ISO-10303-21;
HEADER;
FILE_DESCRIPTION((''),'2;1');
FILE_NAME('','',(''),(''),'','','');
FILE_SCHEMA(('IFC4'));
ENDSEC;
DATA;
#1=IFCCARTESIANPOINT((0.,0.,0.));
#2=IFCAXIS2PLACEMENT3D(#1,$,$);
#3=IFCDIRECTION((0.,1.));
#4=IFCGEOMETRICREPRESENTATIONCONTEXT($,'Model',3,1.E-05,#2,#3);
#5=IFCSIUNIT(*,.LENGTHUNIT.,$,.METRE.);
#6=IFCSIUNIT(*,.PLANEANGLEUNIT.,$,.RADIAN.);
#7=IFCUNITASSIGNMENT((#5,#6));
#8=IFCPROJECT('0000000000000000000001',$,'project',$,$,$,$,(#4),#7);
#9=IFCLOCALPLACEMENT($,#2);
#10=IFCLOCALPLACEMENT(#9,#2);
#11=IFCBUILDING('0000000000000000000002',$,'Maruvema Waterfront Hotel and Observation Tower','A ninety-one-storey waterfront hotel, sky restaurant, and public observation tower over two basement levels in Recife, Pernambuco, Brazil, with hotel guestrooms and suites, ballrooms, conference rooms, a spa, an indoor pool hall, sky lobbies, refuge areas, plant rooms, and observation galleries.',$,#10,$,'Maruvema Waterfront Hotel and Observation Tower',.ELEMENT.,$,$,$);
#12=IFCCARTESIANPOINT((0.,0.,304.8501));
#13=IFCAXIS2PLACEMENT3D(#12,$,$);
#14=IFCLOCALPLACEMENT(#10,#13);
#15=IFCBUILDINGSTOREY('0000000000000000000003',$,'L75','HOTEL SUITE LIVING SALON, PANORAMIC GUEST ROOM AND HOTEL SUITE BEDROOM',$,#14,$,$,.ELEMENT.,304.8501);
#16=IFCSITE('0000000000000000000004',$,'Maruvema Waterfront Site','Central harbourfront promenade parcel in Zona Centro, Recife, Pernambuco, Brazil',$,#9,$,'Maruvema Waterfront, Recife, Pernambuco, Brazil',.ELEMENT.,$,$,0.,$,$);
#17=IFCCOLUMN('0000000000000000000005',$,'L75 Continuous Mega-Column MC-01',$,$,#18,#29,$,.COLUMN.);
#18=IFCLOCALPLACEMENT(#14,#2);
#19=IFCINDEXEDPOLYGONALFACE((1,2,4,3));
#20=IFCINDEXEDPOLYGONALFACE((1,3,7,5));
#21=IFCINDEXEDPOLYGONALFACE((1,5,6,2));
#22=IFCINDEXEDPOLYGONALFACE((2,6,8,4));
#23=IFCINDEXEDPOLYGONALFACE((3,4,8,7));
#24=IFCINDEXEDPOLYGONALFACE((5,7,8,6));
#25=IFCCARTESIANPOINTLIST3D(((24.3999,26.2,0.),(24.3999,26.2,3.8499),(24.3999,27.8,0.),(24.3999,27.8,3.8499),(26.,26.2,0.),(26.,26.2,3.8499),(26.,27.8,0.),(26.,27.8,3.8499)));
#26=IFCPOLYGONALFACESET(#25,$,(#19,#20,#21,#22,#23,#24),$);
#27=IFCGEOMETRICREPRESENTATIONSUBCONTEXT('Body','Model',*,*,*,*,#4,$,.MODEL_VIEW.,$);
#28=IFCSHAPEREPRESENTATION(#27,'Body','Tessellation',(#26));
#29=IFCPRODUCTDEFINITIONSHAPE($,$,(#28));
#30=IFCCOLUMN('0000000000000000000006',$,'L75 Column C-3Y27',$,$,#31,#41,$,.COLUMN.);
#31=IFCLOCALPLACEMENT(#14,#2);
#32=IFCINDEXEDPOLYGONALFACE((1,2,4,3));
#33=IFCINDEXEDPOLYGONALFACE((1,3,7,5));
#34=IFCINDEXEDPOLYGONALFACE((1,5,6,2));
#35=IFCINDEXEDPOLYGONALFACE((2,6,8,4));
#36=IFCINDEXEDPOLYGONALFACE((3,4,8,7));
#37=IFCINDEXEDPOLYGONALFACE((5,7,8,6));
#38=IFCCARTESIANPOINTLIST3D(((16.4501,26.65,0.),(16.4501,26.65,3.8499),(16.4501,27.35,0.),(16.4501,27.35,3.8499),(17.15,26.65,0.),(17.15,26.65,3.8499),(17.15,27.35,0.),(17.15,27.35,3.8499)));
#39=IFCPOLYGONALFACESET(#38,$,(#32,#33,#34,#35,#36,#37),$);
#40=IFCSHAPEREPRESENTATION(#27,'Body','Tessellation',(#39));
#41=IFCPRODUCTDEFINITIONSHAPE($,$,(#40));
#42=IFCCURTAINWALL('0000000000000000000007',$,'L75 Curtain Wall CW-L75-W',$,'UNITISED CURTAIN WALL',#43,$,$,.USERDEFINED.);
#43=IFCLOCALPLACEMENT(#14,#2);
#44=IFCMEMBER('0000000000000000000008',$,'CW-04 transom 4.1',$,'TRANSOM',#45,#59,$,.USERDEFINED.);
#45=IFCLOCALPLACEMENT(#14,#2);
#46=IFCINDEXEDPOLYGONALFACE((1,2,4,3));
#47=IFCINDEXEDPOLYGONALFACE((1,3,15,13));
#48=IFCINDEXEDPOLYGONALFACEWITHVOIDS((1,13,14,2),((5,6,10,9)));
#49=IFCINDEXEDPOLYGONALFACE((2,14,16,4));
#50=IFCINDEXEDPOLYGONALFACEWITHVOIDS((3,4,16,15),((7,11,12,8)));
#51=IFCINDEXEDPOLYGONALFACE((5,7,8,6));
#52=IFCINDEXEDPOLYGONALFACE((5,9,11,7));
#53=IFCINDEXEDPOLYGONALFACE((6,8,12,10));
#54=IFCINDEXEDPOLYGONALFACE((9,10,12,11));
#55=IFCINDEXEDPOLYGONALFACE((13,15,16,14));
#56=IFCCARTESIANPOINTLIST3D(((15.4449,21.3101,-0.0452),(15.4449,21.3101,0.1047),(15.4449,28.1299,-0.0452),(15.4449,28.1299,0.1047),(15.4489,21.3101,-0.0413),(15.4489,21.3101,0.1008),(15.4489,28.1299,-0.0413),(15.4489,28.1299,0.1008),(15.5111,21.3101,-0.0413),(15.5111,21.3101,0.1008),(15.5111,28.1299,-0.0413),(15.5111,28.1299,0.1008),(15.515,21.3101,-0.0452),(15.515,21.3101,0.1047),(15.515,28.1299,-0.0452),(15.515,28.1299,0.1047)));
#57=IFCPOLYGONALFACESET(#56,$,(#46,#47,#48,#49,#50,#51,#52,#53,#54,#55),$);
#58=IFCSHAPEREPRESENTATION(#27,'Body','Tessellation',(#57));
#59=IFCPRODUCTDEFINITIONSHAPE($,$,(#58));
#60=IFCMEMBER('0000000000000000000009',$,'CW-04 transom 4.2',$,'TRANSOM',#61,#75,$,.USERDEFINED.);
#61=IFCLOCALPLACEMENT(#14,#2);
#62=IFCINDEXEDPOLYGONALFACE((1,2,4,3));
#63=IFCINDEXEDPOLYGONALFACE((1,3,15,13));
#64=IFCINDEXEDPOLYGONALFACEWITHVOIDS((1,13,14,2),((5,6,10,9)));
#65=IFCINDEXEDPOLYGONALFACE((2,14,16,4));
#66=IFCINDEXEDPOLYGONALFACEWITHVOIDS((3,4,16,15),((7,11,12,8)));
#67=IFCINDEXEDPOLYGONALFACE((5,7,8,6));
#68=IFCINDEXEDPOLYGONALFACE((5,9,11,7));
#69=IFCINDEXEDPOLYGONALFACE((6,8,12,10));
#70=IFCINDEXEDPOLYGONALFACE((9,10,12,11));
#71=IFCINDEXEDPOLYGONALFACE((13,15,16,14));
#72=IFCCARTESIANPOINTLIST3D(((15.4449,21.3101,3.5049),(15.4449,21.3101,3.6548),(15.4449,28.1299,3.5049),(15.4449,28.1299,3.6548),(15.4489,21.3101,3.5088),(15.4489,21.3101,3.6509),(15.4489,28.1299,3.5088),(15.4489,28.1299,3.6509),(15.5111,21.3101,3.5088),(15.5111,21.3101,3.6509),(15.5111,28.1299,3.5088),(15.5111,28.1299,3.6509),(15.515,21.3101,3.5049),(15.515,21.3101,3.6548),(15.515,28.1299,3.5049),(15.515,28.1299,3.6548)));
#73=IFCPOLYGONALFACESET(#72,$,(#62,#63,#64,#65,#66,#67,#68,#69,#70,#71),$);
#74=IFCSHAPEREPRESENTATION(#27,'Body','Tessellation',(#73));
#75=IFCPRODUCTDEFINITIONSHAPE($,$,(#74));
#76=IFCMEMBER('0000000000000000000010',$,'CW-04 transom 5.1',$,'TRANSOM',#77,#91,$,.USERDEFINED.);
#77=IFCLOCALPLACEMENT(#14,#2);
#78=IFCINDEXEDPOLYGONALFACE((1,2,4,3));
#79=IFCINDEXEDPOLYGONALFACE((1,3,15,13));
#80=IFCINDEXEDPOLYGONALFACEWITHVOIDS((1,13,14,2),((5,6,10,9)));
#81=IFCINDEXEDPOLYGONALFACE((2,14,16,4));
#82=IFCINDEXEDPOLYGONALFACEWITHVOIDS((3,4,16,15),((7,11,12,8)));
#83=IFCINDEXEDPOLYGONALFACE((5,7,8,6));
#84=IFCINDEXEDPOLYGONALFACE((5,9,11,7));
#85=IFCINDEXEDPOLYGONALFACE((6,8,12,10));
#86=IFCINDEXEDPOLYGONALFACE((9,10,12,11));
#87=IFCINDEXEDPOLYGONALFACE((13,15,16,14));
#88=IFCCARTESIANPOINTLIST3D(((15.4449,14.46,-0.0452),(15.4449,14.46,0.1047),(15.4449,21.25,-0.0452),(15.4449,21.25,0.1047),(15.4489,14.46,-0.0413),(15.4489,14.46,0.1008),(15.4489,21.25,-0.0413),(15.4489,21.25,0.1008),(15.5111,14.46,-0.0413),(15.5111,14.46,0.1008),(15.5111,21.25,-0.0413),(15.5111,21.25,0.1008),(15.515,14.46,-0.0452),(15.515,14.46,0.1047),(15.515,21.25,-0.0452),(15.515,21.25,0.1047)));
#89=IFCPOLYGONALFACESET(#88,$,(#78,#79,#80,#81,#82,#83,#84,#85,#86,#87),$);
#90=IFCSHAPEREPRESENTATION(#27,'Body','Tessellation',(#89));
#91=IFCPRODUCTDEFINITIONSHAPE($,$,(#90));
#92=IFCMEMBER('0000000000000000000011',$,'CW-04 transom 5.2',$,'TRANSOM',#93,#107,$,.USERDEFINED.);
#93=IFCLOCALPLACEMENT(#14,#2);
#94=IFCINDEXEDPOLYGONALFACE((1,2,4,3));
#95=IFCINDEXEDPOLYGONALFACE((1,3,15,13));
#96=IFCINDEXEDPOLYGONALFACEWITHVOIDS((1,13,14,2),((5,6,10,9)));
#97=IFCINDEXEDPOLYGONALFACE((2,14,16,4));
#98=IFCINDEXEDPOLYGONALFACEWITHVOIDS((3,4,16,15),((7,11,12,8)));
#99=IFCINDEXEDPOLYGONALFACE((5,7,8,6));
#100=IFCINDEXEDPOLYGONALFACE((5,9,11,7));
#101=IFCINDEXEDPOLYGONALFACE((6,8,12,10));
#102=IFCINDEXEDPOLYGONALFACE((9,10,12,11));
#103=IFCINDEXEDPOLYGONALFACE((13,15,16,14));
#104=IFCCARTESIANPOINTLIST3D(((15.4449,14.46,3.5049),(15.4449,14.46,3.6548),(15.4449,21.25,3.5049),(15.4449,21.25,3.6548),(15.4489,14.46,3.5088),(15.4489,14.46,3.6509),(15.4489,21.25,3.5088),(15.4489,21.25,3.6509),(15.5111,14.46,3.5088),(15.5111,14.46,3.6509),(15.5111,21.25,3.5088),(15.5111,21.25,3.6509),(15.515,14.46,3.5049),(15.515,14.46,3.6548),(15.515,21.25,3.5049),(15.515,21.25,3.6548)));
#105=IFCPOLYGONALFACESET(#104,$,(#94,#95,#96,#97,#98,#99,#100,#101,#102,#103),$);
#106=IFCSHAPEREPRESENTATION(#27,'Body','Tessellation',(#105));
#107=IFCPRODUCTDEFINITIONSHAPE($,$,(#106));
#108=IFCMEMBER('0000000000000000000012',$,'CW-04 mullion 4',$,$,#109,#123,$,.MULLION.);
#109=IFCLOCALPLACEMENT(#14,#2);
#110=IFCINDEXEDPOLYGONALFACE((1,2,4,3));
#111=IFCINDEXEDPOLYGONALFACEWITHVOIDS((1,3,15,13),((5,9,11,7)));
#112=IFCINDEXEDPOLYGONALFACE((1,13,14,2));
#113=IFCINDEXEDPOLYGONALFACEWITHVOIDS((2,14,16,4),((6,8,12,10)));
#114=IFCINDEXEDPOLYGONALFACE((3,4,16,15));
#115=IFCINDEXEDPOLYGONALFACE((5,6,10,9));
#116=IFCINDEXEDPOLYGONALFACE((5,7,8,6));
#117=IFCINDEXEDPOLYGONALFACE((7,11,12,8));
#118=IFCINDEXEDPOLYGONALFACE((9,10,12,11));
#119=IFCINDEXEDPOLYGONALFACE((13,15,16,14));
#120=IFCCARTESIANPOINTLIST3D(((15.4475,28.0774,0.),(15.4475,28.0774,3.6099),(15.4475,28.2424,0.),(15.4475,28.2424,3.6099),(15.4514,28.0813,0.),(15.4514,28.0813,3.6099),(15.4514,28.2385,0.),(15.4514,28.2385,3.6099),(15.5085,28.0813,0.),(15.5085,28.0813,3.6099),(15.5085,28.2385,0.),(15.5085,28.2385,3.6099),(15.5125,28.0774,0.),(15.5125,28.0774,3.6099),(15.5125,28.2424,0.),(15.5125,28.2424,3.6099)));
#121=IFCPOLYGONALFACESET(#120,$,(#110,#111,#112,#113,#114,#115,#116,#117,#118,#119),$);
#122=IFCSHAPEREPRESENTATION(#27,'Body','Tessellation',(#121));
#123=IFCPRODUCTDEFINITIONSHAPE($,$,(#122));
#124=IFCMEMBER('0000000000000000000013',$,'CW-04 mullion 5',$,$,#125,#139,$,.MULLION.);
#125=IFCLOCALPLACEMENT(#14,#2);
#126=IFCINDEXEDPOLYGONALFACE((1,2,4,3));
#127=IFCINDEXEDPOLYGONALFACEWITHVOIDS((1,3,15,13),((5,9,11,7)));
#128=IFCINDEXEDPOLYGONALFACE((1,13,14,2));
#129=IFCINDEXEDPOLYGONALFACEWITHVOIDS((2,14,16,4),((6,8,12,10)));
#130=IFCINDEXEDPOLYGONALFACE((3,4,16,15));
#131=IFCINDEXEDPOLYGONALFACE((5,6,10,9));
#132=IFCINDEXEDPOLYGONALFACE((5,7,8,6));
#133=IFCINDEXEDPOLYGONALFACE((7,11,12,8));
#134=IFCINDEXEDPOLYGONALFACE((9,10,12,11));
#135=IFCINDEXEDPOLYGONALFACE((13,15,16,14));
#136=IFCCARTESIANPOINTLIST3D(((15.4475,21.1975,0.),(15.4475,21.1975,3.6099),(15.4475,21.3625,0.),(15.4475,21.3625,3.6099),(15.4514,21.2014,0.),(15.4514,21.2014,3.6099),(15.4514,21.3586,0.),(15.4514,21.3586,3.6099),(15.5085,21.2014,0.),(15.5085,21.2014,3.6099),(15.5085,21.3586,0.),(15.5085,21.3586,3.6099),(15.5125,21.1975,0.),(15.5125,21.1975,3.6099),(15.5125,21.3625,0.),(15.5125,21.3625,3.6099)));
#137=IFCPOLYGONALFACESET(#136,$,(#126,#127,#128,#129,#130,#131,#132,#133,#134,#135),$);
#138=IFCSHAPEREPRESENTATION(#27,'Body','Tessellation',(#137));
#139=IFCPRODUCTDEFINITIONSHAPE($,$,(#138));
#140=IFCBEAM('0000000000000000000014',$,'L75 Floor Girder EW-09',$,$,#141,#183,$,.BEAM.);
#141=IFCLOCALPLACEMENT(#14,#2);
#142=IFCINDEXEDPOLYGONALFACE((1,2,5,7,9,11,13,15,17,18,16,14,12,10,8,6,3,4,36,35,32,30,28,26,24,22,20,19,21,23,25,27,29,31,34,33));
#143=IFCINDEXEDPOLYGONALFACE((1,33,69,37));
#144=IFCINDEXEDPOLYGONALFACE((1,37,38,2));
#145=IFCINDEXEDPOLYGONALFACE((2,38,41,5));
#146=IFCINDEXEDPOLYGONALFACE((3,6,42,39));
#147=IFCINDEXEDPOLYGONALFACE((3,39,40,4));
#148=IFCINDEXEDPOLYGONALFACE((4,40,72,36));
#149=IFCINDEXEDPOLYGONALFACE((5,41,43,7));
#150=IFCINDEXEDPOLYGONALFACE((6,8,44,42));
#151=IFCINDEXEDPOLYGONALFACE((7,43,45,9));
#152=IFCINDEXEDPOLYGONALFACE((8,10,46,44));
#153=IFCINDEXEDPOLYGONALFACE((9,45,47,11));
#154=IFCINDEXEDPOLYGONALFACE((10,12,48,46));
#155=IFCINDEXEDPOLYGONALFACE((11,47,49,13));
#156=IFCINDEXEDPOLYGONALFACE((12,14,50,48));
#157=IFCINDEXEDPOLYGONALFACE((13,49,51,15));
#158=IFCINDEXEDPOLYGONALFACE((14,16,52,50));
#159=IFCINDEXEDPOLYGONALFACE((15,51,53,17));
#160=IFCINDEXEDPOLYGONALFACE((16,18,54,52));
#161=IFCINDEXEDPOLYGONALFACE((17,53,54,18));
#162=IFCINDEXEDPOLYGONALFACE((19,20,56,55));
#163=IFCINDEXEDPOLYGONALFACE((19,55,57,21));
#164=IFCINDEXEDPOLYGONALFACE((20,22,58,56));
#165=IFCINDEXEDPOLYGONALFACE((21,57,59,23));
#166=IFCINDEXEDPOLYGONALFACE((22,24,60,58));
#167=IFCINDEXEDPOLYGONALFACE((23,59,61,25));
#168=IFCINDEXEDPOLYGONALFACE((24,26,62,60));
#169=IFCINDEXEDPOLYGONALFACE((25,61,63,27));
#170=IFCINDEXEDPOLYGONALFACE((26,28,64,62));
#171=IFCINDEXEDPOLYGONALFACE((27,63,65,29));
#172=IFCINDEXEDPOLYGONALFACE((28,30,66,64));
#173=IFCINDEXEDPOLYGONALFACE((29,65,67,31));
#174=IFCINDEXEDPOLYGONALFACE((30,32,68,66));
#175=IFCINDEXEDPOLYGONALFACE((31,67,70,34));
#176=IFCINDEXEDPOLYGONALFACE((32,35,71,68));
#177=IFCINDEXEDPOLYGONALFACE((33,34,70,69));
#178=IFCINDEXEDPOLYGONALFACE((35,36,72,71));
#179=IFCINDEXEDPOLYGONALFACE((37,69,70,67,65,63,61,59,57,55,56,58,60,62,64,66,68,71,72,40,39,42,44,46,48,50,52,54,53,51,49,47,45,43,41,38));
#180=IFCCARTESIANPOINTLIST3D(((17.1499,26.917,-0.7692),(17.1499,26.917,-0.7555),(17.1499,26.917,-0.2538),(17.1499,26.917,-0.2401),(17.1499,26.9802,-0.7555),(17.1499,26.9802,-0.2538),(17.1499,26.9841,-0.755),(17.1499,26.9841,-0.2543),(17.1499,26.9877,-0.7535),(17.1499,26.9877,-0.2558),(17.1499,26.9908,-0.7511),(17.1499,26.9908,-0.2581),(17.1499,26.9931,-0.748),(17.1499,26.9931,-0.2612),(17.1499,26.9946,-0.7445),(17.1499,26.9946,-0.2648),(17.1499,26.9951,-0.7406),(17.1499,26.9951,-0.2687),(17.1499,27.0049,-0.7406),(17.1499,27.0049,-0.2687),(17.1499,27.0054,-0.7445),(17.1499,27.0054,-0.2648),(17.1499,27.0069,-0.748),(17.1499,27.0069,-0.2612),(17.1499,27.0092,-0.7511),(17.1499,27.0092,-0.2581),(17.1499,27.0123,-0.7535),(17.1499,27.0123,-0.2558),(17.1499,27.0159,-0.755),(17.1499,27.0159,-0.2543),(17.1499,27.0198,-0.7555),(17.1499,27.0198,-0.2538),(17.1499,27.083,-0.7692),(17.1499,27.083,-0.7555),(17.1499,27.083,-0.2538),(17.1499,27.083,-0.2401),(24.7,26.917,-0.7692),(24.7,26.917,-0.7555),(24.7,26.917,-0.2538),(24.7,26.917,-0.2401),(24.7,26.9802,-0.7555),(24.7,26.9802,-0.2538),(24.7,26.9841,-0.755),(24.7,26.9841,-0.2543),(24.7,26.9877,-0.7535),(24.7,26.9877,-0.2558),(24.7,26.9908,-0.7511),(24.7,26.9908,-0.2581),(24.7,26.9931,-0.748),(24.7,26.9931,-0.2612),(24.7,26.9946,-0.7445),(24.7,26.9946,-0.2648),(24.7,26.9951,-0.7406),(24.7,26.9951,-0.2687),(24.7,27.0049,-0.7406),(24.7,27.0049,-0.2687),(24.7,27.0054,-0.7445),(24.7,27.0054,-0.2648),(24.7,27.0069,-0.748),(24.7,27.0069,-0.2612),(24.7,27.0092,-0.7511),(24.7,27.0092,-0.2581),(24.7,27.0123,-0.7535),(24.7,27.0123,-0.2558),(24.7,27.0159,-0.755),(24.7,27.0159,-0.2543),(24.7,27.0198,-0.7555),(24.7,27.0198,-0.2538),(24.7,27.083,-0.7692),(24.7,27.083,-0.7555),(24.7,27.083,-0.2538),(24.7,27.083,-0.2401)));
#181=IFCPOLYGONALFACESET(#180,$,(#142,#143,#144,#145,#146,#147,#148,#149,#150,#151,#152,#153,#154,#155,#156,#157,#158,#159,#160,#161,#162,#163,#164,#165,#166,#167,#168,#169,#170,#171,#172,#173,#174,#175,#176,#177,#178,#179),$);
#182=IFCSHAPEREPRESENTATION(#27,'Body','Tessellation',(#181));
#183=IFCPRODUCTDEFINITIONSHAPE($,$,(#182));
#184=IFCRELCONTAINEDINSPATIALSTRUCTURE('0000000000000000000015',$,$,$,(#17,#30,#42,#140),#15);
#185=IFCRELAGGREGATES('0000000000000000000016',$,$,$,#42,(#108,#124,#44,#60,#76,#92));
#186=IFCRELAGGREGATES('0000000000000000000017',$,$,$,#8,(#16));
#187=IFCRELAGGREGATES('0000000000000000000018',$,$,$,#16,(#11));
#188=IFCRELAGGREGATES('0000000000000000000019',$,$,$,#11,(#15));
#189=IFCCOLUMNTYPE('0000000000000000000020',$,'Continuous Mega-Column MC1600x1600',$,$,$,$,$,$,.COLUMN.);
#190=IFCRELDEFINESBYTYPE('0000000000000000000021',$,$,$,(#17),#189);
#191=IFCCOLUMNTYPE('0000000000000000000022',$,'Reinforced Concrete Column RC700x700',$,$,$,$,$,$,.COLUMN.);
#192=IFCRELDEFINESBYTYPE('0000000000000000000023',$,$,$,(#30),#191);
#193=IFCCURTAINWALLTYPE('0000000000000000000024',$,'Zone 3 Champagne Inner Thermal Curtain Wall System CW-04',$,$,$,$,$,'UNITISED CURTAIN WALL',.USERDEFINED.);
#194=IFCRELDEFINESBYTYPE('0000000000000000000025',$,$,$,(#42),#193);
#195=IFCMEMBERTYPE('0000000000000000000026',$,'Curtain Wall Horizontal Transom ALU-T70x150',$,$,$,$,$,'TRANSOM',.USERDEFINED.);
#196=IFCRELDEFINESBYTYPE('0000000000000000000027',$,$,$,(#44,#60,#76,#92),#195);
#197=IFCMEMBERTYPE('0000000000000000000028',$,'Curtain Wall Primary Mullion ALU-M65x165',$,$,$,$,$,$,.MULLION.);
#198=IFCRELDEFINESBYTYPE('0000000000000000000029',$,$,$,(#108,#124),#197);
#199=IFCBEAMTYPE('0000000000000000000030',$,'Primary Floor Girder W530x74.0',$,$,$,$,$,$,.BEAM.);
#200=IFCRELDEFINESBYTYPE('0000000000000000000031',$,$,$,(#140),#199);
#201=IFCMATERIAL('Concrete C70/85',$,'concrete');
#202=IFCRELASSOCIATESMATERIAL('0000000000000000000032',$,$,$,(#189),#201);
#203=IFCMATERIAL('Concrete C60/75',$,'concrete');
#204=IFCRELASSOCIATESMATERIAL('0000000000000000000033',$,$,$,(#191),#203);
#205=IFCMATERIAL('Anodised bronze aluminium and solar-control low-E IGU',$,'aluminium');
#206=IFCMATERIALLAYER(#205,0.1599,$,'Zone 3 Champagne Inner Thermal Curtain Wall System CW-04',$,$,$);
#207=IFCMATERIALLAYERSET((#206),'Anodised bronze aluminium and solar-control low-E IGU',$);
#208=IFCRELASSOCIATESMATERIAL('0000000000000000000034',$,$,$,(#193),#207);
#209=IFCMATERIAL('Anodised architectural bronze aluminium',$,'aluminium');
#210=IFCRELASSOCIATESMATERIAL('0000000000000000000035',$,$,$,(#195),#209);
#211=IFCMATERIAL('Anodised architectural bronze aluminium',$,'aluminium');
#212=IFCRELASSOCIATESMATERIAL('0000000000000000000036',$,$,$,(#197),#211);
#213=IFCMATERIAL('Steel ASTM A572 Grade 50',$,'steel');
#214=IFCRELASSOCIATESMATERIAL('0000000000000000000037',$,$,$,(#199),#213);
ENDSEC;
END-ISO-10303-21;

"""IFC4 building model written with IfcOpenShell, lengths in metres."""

from ifc_helpers import new_model, si_unit, direction, frame, origin, origin_2d, place, context, subcontext, project, spatial, rectangle, hollow_rectangle, i_section, extrude, material, layer, layer_set, material_profile, profile_set, type_object, element, aggregate, save


model = new_model("IFC4")

# Units and contexts
model_context = context("Model", 3, precision=1e-05, world=origin(), true_north=direction((0.0, 1.0)))
body_context = subcontext(model_context, "Body", "Model", "MODEL_VIEW")
ifc_project = project(units=[si_unit("LENGTHUNIT", "METRE"), si_unit("PLANEANGLEUNIT", "RADIAN")], contexts=[model_context])

# Site, building, storey
site_placement = place(None, origin())
site = spatial("IfcSite", under=ifc_project, at=site_placement, Name="Maruvema Waterfront Site", Description="Central harbourfront promenade parcel in Zona Centro, Recife, Pernambuco, Brazil", LongName="Maruvema Waterfront, Recife, Pernambuco, Brazil", CompositionType="ELEMENT", RefElevation=0.0)
building_placement = place(site_placement, origin())
building = spatial("IfcBuilding", under=site, at=building_placement, Name="Maruvema Waterfront Hotel and Observation Tower", Description="A ninety-one-storey waterfront hotel, sky restaurant, and public observation tower over two basement levels in Recife, Pernambuco, Brazil, with hotel guestrooms and suites, ballrooms, conference rooms, a spa, an indoor pool hall, sky lobbies, refuge areas, plant rooms, and observation galleries.", LongName="Maruvema Waterfront Hotel and Observation Tower", CompositionType="ELEMENT")
storey_placement = place(building_placement, frame((0.0, 0.0, 304.8501)))
storey = spatial("IfcBuildingStorey", under=building, at=storey_placement, Name="L75", Description="HOTEL SUITE LIVING SALON, PANORAMIC GUEST ROOM AND HOTEL SUITE BEDROOM", CompositionType="ELEMENT", Elevation=304.8501)

# Columns
ifc_material_1 = material(Name="Concrete C70/85", Category="concrete")
ifc_material_profile_1 = material_profile(ifc_material_1, rectangle(XDim=1.6001, YDim=1.6001, at=origin_2d()), Name="MC1600x1600")
ifc_profile_set_1 = profile_set([ifc_material_profile_1], Name="Concrete C70/85")
column_type_1 = type_object("IfcColumnType", Name="Continuous Mega-Column MC1600x1600", PredefinedType="COLUMN", material=ifc_profile_set_1)
column_1_placement = place(storey_placement, frame((25.2, 27.0, 0.0), z_axis=(0.0, 0.0, 1.0), x_axis=(1.0, 0.0, 0.0)))
element("IfcColumn", 1, at=column_1_placement, inside=storey, type_object=column_type_1, Name="L75 Continuous Mega-Column MC-01", PredefinedType="COLUMN", context=body_context, shape_type="SweptSolid", body=[
    extrude(rectangle(XDim=1.6001, YDim=1.6001, at=origin_2d()), origin(), (0.0, 0.0, 1.0), 3.8499),
])
ifc_material_2 = material(Name="Concrete C60/75", Category="concrete")
ifc_material_profile_2 = material_profile(ifc_material_2, rectangle(XDim=0.7, YDim=0.7, at=origin_2d()), Name="RC700x700")
ifc_profile_set_2 = profile_set([ifc_material_profile_2], Name="Concrete C60/75")
column_type_2 = type_object("IfcColumnType", Name="Reinforced Concrete Column RC700x700", PredefinedType="COLUMN", material=ifc_profile_set_2)
column_2_placement = place(storey_placement, frame((16.8, 27.0, 0.0), z_axis=(0.0, 0.0, 1.0), x_axis=(1.0, 0.0, 0.0)))
element("IfcColumn", 2, at=column_2_placement, inside=storey, type_object=column_type_2, Name="L75 Column C-3Y27", PredefinedType="COLUMN", context=body_context, shape_type="SweptSolid", body=[
    extrude(rectangle(XDim=0.7, YDim=0.7, at=origin_2d()), origin(), (0.0, 0.0, 1.0), 3.8499),
])

# Curtain wall, members
ifc_material_3 = material(Name="Anodised bronze aluminium and solar-control low-E IGU", Category="aluminium")
ifc_layer_1 = layer(ifc_material_3, 0.1599, Name="Zone 3 Champagne Inner Thermal Curtain Wall System CW-04")
ifc_layer_set_1 = layer_set([ifc_layer_1], Name="Anodised bronze aluminium and solar-control low-E IGU")
curtain_wall_type = type_object("IfcCurtainWallType", Name="Zone 3 Champagne Inner Thermal Curtain Wall System CW-04", ElementType="UNITISED CURTAIN WALL", PredefinedType="USERDEFINED", material=ifc_layer_set_1)
curtain_wall_placement = place(storey_placement, origin())
curtain_wall = element("IfcCurtainWall", 3, at=curtain_wall_placement, inside=storey, type_object=curtain_wall_type, Name="L75 Curtain Wall CW-L75-W", ObjectType="UNITISED CURTAIN WALL", PredefinedType="USERDEFINED")
ifc_material_4 = material(Name="Anodised architectural bronze aluminium", Category="aluminium")
ifc_material_profile_3 = material_profile(ifc_material_4, hollow_rectangle(XDim=0.0701, YDim=0.1499, WallThickness=0.0039, at=origin_2d()), Name="ALU-T70x150")
ifc_profile_set_3 = profile_set([ifc_material_profile_3], Name="Anodised architectural bronze aluminium")
member_type_1 = type_object("IfcMemberType", Name="Curtain Wall Horizontal Transom ALU-T70x150", ElementType="TRANSOM", PredefinedType="USERDEFINED", material=ifc_profile_set_3)
member_1_placement = place(storey_placement, frame((15.48, 28.1299, 0.0298), z_axis=(0.0, -1.0, 0.0), x_axis=(1.0, 0.0, 0.0)))
member_1 = element("IfcMember", 4, at=member_1_placement, type_object=member_type_1, Name="CW-04 transom 4.1", ObjectType="TRANSOM", PredefinedType="USERDEFINED", context=body_context, shape_type="SweptSolid", body=[
    extrude(hollow_rectangle(XDim=0.0701, YDim=0.1499, WallThickness=0.0039, at=origin_2d()), origin(), (0.0, 0.0, 1.0), 6.8198),
])
member_2_placement = place(storey_placement, frame((15.48, 28.1299, 3.5798), z_axis=(0.0, -1.0, 0.0), x_axis=(1.0, 0.0, 0.0)))
member_2 = element("IfcMember", 5, at=member_2_placement, type_object=member_type_1, Name="CW-04 transom 4.2", ObjectType="TRANSOM", PredefinedType="USERDEFINED", context=body_context, shape_type="SweptSolid", body=[
    extrude(hollow_rectangle(XDim=0.0701, YDim=0.1499, WallThickness=0.0039, at=origin_2d()), origin(), (0.0, 0.0, 1.0), 6.8198),
])
member_3_placement = place(storey_placement, frame((15.48, 21.25, 0.0298), z_axis=(0.0, -1.0, 0.0), x_axis=(1.0, 0.0, 0.0)))
member_3 = element("IfcMember", 6, at=member_3_placement, type_object=member_type_1, Name="CW-04 transom 5.1", ObjectType="TRANSOM", PredefinedType="USERDEFINED", context=body_context, shape_type="SweptSolid", body=[
    extrude(hollow_rectangle(XDim=0.0701, YDim=0.1499, WallThickness=0.0039, at=origin_2d()), origin(), (0.0, 0.0, 1.0), 6.79),
])
member_4_placement = place(storey_placement, frame((15.48, 21.25, 3.5798), z_axis=(0.0, -1.0, 0.0), x_axis=(1.0, 0.0, 0.0)))
member_4 = element("IfcMember", 7, at=member_4_placement, type_object=member_type_1, Name="CW-04 transom 5.2", ObjectType="TRANSOM", PredefinedType="USERDEFINED", context=body_context, shape_type="SweptSolid", body=[
    extrude(hollow_rectangle(XDim=0.0701, YDim=0.1499, WallThickness=0.0039, at=origin_2d()), origin(), (0.0, 0.0, 1.0), 6.79),
])
ifc_material_5 = material(Name="Anodised architectural bronze aluminium", Category="aluminium")
ifc_material_profile_4 = material_profile(ifc_material_5, hollow_rectangle(XDim=0.0649, YDim=0.165, WallThickness=0.0039, at=origin_2d()), Name="ALU-M65x165")
ifc_profile_set_4 = profile_set([ifc_material_profile_4], Name="Anodised architectural bronze aluminium")
member_type_2 = type_object("IfcMemberType", Name="Curtain Wall Primary Mullion ALU-M65x165", PredefinedType="MULLION", material=ifc_profile_set_4)
member_5_placement = place(storey_placement, frame((15.48, 28.1599, 0.0), z_axis=(0.0, 0.0, 1.0), x_axis=(1.0, 0.0, 0.0)))
member_5 = element("IfcMember", 8, at=member_5_placement, type_object=member_type_2, Name="CW-04 mullion 4", PredefinedType="MULLION", context=body_context, shape_type="SweptSolid", body=[
    extrude(hollow_rectangle(XDim=0.0649, YDim=0.165, WallThickness=0.0039, at=origin_2d()), origin(), (0.0, 0.0, 1.0), 3.6099),
])
member_6_placement = place(storey_placement, frame((15.48, 21.28, 0.0), z_axis=(0.0, 0.0, 1.0), x_axis=(1.0, 0.0, 0.0)))
member_6 = element("IfcMember", 9, at=member_6_placement, type_object=member_type_2, Name="CW-04 mullion 5", PredefinedType="MULLION", context=body_context, shape_type="SweptSolid", body=[
    extrude(hollow_rectangle(XDim=0.0649, YDim=0.165, WallThickness=0.0039, at=origin_2d()), origin(), (0.0, 0.0, 1.0), 3.6099),
])

# Beam
ifc_material_6 = material(Name="Steel ASTM A572 Grade 50", Category="steel")
ifc_material_profile_5 = material_profile(ifc_material_6, i_section(OverallWidth=0.166, OverallDepth=0.5291, WebThickness=0.0098, FlangeThickness=0.0137, FilletRadius=0.0149, at=origin_2d()), Name="W530x74.0")
ifc_profile_set_5 = profile_set([ifc_material_profile_5], Name="Steel ASTM A572 Grade 50")
beam_type_1 = type_object("IfcBeamType", Name="Primary Floor Girder W530x74.0", PredefinedType="BEAM", material=ifc_profile_set_5)
beam_1_placement = place(storey_placement, frame((17.1499, 27.0, -0.5046), z_axis=(1.0, 0.0, 0.0), x_axis=(0.0, 1.0, 0.0)))
element("IfcBeam", 10, at=beam_1_placement, inside=storey, type_object=beam_type_1, Name="L75 Floor Girder EW-09", PredefinedType="BEAM", context=body_context, shape_type="SweptSolid", body=[
    extrude(i_section(OverallWidth=0.166, OverallDepth=0.5291, WebThickness=0.0098, FlangeThickness=0.0137, FilletRadius=0.0149, at=origin_2d()), origin(), (0.0, 0.0, 1.0), 7.55),
])

aggregate(curtain_wall, [member_5, member_6, member_1, member_2, member_3, member_4])

save(model, "model.ifc")
